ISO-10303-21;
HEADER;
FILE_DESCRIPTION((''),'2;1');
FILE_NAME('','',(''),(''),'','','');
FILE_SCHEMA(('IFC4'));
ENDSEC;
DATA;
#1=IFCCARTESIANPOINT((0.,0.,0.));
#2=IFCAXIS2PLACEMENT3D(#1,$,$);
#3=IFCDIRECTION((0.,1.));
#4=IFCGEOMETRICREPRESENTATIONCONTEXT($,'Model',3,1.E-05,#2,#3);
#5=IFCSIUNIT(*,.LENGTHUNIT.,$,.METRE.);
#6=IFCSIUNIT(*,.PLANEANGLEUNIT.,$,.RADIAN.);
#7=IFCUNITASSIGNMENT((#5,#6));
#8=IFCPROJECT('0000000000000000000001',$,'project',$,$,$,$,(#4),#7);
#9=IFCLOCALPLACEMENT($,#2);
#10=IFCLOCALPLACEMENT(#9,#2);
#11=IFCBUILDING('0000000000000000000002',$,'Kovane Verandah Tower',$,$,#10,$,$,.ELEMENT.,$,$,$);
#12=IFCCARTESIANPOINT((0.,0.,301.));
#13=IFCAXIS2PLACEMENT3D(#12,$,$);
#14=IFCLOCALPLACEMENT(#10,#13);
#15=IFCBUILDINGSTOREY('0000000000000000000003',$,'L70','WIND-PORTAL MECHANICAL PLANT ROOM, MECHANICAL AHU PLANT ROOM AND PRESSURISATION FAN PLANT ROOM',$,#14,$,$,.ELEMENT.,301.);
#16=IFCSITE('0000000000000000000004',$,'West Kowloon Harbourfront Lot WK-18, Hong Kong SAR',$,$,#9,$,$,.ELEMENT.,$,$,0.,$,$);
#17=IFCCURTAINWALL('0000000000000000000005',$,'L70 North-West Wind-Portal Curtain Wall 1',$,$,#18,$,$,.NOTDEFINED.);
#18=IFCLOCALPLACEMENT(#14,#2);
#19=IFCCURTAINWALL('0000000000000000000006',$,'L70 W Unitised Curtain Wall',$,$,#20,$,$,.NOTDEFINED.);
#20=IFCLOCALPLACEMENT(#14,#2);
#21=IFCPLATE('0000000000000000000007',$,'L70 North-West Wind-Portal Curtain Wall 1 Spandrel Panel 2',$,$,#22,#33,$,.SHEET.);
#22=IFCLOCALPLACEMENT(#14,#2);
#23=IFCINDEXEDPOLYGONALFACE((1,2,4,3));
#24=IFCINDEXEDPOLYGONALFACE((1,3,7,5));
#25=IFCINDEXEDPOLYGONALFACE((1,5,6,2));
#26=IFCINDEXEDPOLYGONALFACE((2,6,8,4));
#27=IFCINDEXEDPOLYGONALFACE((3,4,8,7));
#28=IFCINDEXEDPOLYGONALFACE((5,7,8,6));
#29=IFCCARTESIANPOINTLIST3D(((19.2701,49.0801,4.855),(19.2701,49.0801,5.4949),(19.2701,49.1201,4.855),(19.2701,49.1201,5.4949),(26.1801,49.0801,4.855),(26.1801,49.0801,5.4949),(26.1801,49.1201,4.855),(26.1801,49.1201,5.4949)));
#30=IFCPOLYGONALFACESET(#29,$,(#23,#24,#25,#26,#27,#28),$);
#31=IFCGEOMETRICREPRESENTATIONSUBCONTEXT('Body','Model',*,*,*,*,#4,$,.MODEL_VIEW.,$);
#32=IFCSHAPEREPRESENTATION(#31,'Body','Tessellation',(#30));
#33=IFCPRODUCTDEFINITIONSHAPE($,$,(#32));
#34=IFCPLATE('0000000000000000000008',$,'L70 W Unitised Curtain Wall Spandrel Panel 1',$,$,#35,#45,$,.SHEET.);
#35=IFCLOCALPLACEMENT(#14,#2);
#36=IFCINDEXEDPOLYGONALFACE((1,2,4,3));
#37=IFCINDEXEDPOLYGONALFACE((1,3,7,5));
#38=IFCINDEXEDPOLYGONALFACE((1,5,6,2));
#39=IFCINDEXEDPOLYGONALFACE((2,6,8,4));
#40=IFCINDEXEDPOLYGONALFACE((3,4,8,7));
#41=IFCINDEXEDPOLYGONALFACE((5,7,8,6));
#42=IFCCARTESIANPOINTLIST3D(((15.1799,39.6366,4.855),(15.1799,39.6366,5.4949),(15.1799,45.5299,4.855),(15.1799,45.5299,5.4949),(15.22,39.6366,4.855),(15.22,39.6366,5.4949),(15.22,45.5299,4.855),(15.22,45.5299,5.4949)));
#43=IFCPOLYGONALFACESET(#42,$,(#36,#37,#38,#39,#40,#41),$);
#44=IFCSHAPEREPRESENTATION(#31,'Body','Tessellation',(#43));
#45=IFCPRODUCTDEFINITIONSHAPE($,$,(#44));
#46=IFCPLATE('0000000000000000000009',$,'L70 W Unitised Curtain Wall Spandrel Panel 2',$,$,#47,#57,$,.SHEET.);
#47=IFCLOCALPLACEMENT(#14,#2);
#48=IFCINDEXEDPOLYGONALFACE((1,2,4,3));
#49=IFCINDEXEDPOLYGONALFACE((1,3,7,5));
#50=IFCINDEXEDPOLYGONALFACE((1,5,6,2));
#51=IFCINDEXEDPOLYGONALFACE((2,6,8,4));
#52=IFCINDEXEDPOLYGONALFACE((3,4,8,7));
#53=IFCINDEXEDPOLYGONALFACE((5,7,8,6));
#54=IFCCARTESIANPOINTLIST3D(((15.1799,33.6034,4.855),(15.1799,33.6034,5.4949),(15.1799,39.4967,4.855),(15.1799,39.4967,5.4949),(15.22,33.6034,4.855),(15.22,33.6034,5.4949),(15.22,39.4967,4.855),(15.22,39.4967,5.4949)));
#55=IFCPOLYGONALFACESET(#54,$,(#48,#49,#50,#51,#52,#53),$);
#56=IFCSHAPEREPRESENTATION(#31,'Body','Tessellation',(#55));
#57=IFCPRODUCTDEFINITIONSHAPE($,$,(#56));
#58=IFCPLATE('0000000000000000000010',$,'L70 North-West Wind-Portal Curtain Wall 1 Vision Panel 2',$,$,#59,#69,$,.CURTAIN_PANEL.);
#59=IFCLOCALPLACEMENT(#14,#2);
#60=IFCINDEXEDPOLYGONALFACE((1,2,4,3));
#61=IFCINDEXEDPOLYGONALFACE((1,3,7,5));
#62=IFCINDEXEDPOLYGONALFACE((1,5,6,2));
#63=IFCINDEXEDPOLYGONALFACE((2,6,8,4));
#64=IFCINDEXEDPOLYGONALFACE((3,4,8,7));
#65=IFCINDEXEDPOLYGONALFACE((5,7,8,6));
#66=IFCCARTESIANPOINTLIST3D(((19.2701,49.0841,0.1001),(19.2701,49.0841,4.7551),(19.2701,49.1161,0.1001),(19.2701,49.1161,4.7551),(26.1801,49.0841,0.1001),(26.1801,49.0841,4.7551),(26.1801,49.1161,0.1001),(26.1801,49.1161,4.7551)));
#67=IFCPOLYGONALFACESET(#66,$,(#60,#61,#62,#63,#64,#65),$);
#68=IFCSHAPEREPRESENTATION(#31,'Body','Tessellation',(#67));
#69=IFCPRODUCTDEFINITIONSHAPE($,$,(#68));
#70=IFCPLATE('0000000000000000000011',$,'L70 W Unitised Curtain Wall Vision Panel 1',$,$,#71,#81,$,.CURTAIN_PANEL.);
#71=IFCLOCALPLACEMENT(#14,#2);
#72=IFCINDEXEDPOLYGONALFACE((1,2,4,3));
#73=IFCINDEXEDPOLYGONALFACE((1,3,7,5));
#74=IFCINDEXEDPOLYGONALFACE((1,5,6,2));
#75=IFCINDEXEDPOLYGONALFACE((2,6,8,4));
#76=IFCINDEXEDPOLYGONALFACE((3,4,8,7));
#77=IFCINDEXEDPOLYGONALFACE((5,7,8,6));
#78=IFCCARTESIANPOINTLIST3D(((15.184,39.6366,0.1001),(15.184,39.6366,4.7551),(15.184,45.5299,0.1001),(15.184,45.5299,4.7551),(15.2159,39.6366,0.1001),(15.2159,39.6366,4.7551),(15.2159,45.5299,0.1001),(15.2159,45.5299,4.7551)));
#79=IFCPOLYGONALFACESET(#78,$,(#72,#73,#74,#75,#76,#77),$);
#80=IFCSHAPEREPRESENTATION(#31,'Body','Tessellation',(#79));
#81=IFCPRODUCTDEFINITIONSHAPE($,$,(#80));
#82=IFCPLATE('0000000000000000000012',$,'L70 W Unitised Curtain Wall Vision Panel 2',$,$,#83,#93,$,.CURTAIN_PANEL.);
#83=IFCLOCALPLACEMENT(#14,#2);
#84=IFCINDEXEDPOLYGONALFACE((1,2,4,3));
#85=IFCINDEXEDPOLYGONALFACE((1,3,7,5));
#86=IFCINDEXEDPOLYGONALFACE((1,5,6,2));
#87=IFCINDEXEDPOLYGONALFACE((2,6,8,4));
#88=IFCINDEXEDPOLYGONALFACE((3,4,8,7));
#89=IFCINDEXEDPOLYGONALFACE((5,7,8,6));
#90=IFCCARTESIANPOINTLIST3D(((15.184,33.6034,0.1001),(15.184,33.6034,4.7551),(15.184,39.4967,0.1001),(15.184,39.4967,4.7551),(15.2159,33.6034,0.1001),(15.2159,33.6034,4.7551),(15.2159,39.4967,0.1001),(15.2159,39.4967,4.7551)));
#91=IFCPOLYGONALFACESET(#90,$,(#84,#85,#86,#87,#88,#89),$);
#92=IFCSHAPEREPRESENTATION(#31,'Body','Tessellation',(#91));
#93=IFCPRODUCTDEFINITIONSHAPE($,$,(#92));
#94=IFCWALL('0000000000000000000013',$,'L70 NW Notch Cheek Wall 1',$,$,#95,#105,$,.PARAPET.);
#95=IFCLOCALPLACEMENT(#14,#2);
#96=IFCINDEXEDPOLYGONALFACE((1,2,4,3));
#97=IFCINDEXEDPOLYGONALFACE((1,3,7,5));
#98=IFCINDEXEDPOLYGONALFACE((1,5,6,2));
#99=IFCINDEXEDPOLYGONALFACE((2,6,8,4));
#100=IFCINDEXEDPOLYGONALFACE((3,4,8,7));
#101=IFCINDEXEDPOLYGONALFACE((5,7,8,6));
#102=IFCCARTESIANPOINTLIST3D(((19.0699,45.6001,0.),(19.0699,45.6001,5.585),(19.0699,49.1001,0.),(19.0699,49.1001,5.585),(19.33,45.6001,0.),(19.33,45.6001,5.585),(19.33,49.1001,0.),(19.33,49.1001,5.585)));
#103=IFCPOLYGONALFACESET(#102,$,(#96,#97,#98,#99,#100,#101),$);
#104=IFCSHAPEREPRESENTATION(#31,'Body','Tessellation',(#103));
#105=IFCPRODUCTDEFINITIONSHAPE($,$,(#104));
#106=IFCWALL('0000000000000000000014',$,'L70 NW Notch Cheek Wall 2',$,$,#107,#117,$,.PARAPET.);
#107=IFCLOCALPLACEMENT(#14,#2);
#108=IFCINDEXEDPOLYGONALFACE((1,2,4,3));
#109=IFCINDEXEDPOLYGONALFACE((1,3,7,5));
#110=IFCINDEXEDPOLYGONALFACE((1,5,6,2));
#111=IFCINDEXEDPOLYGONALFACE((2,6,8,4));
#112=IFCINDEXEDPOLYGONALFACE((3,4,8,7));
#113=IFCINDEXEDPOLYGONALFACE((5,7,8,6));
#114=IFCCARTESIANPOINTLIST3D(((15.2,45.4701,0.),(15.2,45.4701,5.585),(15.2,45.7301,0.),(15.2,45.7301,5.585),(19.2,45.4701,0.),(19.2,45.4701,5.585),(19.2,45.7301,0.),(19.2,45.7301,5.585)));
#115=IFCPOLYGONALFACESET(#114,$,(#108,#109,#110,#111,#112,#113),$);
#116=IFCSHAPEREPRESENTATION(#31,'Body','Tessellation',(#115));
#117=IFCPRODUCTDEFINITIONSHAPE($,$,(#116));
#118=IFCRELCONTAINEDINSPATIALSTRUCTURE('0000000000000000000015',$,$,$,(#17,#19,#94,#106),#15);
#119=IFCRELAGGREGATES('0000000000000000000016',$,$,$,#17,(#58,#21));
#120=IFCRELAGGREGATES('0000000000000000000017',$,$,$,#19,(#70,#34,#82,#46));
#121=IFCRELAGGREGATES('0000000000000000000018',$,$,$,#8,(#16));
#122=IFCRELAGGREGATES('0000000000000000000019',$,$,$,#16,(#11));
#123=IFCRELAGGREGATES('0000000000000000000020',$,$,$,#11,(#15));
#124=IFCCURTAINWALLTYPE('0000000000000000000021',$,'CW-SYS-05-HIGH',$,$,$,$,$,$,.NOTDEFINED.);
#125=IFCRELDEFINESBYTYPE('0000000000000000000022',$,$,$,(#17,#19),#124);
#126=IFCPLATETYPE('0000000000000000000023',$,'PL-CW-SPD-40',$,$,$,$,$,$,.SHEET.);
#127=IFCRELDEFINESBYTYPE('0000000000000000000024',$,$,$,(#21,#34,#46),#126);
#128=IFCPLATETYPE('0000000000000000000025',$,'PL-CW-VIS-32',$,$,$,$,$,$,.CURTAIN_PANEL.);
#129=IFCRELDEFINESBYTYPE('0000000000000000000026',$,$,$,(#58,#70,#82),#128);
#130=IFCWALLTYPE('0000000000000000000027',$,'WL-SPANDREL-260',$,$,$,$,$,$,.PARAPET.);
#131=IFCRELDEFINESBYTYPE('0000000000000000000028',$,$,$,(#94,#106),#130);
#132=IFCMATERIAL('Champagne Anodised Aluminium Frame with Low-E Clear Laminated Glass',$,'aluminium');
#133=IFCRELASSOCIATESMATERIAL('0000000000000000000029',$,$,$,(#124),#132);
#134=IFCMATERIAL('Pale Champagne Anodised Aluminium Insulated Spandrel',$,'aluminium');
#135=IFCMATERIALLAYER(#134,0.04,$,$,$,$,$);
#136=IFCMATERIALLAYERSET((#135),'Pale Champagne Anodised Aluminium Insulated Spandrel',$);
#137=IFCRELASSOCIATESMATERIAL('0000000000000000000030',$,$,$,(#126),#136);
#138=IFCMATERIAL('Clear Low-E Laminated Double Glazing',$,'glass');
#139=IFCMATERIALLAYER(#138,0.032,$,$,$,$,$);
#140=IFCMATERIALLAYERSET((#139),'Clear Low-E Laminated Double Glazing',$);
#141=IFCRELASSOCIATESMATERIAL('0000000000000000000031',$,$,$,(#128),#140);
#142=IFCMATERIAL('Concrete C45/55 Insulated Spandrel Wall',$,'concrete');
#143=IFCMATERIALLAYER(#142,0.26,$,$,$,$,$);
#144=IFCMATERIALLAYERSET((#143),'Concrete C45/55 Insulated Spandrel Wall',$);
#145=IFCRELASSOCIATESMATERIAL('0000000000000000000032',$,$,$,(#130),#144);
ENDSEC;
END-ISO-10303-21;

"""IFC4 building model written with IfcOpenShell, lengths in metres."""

from ifc_helpers import new_model, si_unit, direction, frame, frame_2d, origin, origin_2d, place, context, subcontext, project, spatial, rectangle, extrude, material, layer, layer_set, type_object, element, aggregate, save


model = new_model("IFC4")

# Units and contexts
model_context = context("Model", 3, precision=1e-05, world=origin(), true_north=direction((0.0, 1.0)))
body_context = subcontext(model_context, "Body", "Model", "MODEL_VIEW")
ifc_project = project(units=[si_unit("LENGTHUNIT", "METRE"), si_unit("PLANEANGLEUNIT", "RADIAN")], contexts=[model_context])

# Site, building, storey
site_placement = place(None, origin())
site = spatial("IfcSite", under=ifc_project, at=site_placement, Name="West Kowloon Harbourfront Lot WK-18, Hong Kong SAR", CompositionType="ELEMENT", RefElevation=0.0)
building_placement = place(site_placement, origin())
building = spatial("IfcBuilding", under=site, at=building_placement, Name="Kovane Verandah Tower", CompositionType="ELEMENT")
storey_placement = place(building_placement, frame((0.0, 0.0, 301.0)))
storey = spatial("IfcBuildingStorey", under=building, at=storey_placement, Name="L70", Description="WIND-PORTAL MECHANICAL PLANT ROOM, MECHANICAL AHU PLANT ROOM AND PRESSURISATION FAN PLANT ROOM", CompositionType="ELEMENT", Elevation=301.0)

# Curtain wall
ifc_material_1 = material(Name="Champagne Anodised Aluminium Frame with Low-E Clear Laminated Glass", Category="aluminium")
curtain_wall_type = type_object("IfcCurtainWallType", Name="CW-SYS-05-HIGH", PredefinedType="NOTDEFINED", material=ifc_material_1)
curtain_wall_1_placement = place(storey_placement, origin())
curtain_wall_1 = element("IfcCurtainWall", 1, at=curtain_wall_1_placement, inside=storey, type_object=curtain_wall_type, Name="L70 North-West Wind-Portal Curtain Wall 1", PredefinedType="NOTDEFINED")

# Curtain wall
curtain_wall_2_placement = place(storey_placement, origin())
curtain_wall_2 = element("IfcCurtainWall", 2, at=curtain_wall_2_placement, inside=storey, type_object=curtain_wall_type, Name="L70 W Unitised Curtain Wall", PredefinedType="NOTDEFINED")

# Plates
ifc_material_2 = material(Name="Pale Champagne Anodised Aluminium Insulated Spandrel", Category="aluminium")
ifc_layer_1 = layer(ifc_material_2, 0.04)
ifc_layer_set_1 = layer_set([ifc_layer_1], Name="Pale Champagne Anodised Aluminium Insulated Spandrel")
plate_type_1 = type_object("IfcPlateType", Name="PL-CW-SPD-40", PredefinedType="SHEET", material=ifc_layer_set_1)
plate_1_placement = place(storey_placement, frame((22.7251, 49.1001, 4.855), z_axis=(0.0, 0.0, 1.0), x_axis=(-1.0, 0.0, 0.0)))
plate_1 = element("IfcPlate", 3, at=plate_1_placement, type_object=plate_type_1, Name="L70 North-West Wind-Portal Curtain Wall 1 Spandrel Panel 2", PredefinedType="SHEET", context=body_context, shape_type="SweptSolid", body=[
    extrude(rectangle(XDim=6.9099, YDim=0.04, at=origin_2d()), origin(), (0.0, 0.0, 1.0), 0.6399),
])
plate_2_placement = place(storey_placement, frame((15.2, 42.5833, 4.855), z_axis=(0.0, 0.0, 1.0), x_axis=(0.0, -1.0, 0.0)))
plate_2 = element("IfcPlate", 4, at=plate_2_placement, type_object=plate_type_1, Name="L70 W Unitised Curtain Wall Spandrel Panel 1", PredefinedType="SHEET", context=body_context, shape_type="SweptSolid", body=[
    extrude(rectangle(XDim=5.8933, YDim=0.04, at=origin_2d()), origin(), (0.0, 0.0, 1.0), 0.6399),
])
plate_3_placement = place(storey_placement, frame((15.2, 36.55, 4.855), z_axis=(0.0, 0.0, 1.0), x_axis=(0.0, -1.0, 0.0)))
plate_3 = element("IfcPlate", 5, at=plate_3_placement, type_object=plate_type_1, Name="L70 W Unitised Curtain Wall Spandrel Panel 2", PredefinedType="SHEET", context=body_context, shape_type="SweptSolid", body=[
    extrude(rectangle(XDim=5.8933, YDim=0.04, at=origin_2d()), origin(), (0.0, 0.0, 1.0), 0.6399),
])
ifc_material_3 = material(Name="Clear Low-E Laminated Double Glazing", Category="glass")
ifc_layer_2 = layer(ifc_material_3, 0.032)
ifc_layer_set_2 = layer_set([ifc_layer_2], Name="Clear Low-E Laminated Double Glazing")
plate_type_2 = type_object("IfcPlateType", Name="PL-CW-VIS-32", PredefinedType="CURTAIN_PANEL", material=ifc_layer_set_2)
plate_4_placement = place(storey_placement, frame((22.7251, 49.1001, 0.1001), z_axis=(0.0, 0.0, 1.0), x_axis=(-1.0, 0.0, 0.0)))
plate_4 = element("IfcPlate", 6, at=plate_4_placement, type_object=plate_type_2, Name="L70 North-West Wind-Portal Curtain Wall 1 Vision Panel 2", PredefinedType="CURTAIN_PANEL", context=body_context, shape_type="SweptSolid", body=[
    extrude(rectangle(XDim=6.9099, YDim=0.032, at=origin_2d()), origin(), (0.0, 0.0, 1.0), 4.655),
])
aggregate(curtain_wall_1, [plate_4, plate_1])
plate_5_placement = place(storey_placement, frame((15.2, 42.5833, 0.1001), z_axis=(0.0, 0.0, 1.0), x_axis=(0.0, -1.0, 0.0)))
plate_5 = element("IfcPlate", 7, at=plate_5_placement, type_object=plate_type_2, Name="L70 W Unitised Curtain Wall Vision Panel 1", PredefinedType="CURTAIN_PANEL", context=body_context, shape_type="SweptSolid", body=[
    extrude(rectangle(XDim=5.8933, YDim=0.032, at=origin_2d()), origin(), (0.0, 0.0, 1.0), 4.655),
])
plate_6_placement = place(storey_placement, frame((15.2, 36.55, 0.1001), z_axis=(0.0, 0.0, 1.0), x_axis=(0.0, -1.0, 0.0)))
plate_6 = element("IfcPlate", 8, at=plate_6_placement, type_object=plate_type_2, Name="L70 W Unitised Curtain Wall Vision Panel 2", PredefinedType="CURTAIN_PANEL", context=body_context, shape_type="SweptSolid", body=[
    extrude(rectangle(XDim=5.8933, YDim=0.032, at=origin_2d()), origin(), (0.0, 0.0, 1.0), 4.655),
])
aggregate(curtain_wall_2, [plate_5, plate_2, plate_6, plate_3])

# Walls
ifc_material_4 = material(Name="Concrete C45/55 Insulated Spandrel Wall", Category="concrete")
ifc_layer_3 = layer(ifc_material_4, 0.26)
ifc_layer_set_3 = layer_set([ifc_layer_3], Name="Concrete C45/55 Insulated Spandrel Wall")
wall_type = type_object("IfcWallType", Name="WL-SPANDREL-260", PredefinedType="PARAPET", material=ifc_layer_set_3)
wall_1_placement = place(storey_placement, frame((19.2, 49.1001, 0.0), z_axis=(0.0, 0.0, 1.0), x_axis=(0.0, -1.0, 0.0)))
element("IfcWall", 9, at=wall_1_placement, inside=storey, type_object=wall_type, Name="L70 NW Notch Cheek Wall 1", PredefinedType="PARAPET", context=body_context, shape_type="SweptSolid", body=[
    extrude(rectangle(XDim=3.5, YDim=0.26, at=frame_2d((1.75, 0.0))), origin(), (0.0, 0.0, 1.0), 5.585),
])
wall_2_placement = place(storey_placement, frame((19.2, 45.6001, 0.0), z_axis=(0.0, 0.0, 1.0), x_axis=(-1.0, 0.0, 0.0)))
element("IfcWall", 10, at=wall_2_placement, inside=storey, type_object=wall_type, Name="L70 NW Notch Cheek Wall 2", PredefinedType="PARAPET", context=body_context, shape_type="SweptSolid", body=[
    extrude(rectangle(XDim=4.0, YDim=0.26, at=frame_2d((2.0, 0.0))), origin(), (0.0, 0.0, 1.0), 5.585),
])

save(model, "model.ifc")
